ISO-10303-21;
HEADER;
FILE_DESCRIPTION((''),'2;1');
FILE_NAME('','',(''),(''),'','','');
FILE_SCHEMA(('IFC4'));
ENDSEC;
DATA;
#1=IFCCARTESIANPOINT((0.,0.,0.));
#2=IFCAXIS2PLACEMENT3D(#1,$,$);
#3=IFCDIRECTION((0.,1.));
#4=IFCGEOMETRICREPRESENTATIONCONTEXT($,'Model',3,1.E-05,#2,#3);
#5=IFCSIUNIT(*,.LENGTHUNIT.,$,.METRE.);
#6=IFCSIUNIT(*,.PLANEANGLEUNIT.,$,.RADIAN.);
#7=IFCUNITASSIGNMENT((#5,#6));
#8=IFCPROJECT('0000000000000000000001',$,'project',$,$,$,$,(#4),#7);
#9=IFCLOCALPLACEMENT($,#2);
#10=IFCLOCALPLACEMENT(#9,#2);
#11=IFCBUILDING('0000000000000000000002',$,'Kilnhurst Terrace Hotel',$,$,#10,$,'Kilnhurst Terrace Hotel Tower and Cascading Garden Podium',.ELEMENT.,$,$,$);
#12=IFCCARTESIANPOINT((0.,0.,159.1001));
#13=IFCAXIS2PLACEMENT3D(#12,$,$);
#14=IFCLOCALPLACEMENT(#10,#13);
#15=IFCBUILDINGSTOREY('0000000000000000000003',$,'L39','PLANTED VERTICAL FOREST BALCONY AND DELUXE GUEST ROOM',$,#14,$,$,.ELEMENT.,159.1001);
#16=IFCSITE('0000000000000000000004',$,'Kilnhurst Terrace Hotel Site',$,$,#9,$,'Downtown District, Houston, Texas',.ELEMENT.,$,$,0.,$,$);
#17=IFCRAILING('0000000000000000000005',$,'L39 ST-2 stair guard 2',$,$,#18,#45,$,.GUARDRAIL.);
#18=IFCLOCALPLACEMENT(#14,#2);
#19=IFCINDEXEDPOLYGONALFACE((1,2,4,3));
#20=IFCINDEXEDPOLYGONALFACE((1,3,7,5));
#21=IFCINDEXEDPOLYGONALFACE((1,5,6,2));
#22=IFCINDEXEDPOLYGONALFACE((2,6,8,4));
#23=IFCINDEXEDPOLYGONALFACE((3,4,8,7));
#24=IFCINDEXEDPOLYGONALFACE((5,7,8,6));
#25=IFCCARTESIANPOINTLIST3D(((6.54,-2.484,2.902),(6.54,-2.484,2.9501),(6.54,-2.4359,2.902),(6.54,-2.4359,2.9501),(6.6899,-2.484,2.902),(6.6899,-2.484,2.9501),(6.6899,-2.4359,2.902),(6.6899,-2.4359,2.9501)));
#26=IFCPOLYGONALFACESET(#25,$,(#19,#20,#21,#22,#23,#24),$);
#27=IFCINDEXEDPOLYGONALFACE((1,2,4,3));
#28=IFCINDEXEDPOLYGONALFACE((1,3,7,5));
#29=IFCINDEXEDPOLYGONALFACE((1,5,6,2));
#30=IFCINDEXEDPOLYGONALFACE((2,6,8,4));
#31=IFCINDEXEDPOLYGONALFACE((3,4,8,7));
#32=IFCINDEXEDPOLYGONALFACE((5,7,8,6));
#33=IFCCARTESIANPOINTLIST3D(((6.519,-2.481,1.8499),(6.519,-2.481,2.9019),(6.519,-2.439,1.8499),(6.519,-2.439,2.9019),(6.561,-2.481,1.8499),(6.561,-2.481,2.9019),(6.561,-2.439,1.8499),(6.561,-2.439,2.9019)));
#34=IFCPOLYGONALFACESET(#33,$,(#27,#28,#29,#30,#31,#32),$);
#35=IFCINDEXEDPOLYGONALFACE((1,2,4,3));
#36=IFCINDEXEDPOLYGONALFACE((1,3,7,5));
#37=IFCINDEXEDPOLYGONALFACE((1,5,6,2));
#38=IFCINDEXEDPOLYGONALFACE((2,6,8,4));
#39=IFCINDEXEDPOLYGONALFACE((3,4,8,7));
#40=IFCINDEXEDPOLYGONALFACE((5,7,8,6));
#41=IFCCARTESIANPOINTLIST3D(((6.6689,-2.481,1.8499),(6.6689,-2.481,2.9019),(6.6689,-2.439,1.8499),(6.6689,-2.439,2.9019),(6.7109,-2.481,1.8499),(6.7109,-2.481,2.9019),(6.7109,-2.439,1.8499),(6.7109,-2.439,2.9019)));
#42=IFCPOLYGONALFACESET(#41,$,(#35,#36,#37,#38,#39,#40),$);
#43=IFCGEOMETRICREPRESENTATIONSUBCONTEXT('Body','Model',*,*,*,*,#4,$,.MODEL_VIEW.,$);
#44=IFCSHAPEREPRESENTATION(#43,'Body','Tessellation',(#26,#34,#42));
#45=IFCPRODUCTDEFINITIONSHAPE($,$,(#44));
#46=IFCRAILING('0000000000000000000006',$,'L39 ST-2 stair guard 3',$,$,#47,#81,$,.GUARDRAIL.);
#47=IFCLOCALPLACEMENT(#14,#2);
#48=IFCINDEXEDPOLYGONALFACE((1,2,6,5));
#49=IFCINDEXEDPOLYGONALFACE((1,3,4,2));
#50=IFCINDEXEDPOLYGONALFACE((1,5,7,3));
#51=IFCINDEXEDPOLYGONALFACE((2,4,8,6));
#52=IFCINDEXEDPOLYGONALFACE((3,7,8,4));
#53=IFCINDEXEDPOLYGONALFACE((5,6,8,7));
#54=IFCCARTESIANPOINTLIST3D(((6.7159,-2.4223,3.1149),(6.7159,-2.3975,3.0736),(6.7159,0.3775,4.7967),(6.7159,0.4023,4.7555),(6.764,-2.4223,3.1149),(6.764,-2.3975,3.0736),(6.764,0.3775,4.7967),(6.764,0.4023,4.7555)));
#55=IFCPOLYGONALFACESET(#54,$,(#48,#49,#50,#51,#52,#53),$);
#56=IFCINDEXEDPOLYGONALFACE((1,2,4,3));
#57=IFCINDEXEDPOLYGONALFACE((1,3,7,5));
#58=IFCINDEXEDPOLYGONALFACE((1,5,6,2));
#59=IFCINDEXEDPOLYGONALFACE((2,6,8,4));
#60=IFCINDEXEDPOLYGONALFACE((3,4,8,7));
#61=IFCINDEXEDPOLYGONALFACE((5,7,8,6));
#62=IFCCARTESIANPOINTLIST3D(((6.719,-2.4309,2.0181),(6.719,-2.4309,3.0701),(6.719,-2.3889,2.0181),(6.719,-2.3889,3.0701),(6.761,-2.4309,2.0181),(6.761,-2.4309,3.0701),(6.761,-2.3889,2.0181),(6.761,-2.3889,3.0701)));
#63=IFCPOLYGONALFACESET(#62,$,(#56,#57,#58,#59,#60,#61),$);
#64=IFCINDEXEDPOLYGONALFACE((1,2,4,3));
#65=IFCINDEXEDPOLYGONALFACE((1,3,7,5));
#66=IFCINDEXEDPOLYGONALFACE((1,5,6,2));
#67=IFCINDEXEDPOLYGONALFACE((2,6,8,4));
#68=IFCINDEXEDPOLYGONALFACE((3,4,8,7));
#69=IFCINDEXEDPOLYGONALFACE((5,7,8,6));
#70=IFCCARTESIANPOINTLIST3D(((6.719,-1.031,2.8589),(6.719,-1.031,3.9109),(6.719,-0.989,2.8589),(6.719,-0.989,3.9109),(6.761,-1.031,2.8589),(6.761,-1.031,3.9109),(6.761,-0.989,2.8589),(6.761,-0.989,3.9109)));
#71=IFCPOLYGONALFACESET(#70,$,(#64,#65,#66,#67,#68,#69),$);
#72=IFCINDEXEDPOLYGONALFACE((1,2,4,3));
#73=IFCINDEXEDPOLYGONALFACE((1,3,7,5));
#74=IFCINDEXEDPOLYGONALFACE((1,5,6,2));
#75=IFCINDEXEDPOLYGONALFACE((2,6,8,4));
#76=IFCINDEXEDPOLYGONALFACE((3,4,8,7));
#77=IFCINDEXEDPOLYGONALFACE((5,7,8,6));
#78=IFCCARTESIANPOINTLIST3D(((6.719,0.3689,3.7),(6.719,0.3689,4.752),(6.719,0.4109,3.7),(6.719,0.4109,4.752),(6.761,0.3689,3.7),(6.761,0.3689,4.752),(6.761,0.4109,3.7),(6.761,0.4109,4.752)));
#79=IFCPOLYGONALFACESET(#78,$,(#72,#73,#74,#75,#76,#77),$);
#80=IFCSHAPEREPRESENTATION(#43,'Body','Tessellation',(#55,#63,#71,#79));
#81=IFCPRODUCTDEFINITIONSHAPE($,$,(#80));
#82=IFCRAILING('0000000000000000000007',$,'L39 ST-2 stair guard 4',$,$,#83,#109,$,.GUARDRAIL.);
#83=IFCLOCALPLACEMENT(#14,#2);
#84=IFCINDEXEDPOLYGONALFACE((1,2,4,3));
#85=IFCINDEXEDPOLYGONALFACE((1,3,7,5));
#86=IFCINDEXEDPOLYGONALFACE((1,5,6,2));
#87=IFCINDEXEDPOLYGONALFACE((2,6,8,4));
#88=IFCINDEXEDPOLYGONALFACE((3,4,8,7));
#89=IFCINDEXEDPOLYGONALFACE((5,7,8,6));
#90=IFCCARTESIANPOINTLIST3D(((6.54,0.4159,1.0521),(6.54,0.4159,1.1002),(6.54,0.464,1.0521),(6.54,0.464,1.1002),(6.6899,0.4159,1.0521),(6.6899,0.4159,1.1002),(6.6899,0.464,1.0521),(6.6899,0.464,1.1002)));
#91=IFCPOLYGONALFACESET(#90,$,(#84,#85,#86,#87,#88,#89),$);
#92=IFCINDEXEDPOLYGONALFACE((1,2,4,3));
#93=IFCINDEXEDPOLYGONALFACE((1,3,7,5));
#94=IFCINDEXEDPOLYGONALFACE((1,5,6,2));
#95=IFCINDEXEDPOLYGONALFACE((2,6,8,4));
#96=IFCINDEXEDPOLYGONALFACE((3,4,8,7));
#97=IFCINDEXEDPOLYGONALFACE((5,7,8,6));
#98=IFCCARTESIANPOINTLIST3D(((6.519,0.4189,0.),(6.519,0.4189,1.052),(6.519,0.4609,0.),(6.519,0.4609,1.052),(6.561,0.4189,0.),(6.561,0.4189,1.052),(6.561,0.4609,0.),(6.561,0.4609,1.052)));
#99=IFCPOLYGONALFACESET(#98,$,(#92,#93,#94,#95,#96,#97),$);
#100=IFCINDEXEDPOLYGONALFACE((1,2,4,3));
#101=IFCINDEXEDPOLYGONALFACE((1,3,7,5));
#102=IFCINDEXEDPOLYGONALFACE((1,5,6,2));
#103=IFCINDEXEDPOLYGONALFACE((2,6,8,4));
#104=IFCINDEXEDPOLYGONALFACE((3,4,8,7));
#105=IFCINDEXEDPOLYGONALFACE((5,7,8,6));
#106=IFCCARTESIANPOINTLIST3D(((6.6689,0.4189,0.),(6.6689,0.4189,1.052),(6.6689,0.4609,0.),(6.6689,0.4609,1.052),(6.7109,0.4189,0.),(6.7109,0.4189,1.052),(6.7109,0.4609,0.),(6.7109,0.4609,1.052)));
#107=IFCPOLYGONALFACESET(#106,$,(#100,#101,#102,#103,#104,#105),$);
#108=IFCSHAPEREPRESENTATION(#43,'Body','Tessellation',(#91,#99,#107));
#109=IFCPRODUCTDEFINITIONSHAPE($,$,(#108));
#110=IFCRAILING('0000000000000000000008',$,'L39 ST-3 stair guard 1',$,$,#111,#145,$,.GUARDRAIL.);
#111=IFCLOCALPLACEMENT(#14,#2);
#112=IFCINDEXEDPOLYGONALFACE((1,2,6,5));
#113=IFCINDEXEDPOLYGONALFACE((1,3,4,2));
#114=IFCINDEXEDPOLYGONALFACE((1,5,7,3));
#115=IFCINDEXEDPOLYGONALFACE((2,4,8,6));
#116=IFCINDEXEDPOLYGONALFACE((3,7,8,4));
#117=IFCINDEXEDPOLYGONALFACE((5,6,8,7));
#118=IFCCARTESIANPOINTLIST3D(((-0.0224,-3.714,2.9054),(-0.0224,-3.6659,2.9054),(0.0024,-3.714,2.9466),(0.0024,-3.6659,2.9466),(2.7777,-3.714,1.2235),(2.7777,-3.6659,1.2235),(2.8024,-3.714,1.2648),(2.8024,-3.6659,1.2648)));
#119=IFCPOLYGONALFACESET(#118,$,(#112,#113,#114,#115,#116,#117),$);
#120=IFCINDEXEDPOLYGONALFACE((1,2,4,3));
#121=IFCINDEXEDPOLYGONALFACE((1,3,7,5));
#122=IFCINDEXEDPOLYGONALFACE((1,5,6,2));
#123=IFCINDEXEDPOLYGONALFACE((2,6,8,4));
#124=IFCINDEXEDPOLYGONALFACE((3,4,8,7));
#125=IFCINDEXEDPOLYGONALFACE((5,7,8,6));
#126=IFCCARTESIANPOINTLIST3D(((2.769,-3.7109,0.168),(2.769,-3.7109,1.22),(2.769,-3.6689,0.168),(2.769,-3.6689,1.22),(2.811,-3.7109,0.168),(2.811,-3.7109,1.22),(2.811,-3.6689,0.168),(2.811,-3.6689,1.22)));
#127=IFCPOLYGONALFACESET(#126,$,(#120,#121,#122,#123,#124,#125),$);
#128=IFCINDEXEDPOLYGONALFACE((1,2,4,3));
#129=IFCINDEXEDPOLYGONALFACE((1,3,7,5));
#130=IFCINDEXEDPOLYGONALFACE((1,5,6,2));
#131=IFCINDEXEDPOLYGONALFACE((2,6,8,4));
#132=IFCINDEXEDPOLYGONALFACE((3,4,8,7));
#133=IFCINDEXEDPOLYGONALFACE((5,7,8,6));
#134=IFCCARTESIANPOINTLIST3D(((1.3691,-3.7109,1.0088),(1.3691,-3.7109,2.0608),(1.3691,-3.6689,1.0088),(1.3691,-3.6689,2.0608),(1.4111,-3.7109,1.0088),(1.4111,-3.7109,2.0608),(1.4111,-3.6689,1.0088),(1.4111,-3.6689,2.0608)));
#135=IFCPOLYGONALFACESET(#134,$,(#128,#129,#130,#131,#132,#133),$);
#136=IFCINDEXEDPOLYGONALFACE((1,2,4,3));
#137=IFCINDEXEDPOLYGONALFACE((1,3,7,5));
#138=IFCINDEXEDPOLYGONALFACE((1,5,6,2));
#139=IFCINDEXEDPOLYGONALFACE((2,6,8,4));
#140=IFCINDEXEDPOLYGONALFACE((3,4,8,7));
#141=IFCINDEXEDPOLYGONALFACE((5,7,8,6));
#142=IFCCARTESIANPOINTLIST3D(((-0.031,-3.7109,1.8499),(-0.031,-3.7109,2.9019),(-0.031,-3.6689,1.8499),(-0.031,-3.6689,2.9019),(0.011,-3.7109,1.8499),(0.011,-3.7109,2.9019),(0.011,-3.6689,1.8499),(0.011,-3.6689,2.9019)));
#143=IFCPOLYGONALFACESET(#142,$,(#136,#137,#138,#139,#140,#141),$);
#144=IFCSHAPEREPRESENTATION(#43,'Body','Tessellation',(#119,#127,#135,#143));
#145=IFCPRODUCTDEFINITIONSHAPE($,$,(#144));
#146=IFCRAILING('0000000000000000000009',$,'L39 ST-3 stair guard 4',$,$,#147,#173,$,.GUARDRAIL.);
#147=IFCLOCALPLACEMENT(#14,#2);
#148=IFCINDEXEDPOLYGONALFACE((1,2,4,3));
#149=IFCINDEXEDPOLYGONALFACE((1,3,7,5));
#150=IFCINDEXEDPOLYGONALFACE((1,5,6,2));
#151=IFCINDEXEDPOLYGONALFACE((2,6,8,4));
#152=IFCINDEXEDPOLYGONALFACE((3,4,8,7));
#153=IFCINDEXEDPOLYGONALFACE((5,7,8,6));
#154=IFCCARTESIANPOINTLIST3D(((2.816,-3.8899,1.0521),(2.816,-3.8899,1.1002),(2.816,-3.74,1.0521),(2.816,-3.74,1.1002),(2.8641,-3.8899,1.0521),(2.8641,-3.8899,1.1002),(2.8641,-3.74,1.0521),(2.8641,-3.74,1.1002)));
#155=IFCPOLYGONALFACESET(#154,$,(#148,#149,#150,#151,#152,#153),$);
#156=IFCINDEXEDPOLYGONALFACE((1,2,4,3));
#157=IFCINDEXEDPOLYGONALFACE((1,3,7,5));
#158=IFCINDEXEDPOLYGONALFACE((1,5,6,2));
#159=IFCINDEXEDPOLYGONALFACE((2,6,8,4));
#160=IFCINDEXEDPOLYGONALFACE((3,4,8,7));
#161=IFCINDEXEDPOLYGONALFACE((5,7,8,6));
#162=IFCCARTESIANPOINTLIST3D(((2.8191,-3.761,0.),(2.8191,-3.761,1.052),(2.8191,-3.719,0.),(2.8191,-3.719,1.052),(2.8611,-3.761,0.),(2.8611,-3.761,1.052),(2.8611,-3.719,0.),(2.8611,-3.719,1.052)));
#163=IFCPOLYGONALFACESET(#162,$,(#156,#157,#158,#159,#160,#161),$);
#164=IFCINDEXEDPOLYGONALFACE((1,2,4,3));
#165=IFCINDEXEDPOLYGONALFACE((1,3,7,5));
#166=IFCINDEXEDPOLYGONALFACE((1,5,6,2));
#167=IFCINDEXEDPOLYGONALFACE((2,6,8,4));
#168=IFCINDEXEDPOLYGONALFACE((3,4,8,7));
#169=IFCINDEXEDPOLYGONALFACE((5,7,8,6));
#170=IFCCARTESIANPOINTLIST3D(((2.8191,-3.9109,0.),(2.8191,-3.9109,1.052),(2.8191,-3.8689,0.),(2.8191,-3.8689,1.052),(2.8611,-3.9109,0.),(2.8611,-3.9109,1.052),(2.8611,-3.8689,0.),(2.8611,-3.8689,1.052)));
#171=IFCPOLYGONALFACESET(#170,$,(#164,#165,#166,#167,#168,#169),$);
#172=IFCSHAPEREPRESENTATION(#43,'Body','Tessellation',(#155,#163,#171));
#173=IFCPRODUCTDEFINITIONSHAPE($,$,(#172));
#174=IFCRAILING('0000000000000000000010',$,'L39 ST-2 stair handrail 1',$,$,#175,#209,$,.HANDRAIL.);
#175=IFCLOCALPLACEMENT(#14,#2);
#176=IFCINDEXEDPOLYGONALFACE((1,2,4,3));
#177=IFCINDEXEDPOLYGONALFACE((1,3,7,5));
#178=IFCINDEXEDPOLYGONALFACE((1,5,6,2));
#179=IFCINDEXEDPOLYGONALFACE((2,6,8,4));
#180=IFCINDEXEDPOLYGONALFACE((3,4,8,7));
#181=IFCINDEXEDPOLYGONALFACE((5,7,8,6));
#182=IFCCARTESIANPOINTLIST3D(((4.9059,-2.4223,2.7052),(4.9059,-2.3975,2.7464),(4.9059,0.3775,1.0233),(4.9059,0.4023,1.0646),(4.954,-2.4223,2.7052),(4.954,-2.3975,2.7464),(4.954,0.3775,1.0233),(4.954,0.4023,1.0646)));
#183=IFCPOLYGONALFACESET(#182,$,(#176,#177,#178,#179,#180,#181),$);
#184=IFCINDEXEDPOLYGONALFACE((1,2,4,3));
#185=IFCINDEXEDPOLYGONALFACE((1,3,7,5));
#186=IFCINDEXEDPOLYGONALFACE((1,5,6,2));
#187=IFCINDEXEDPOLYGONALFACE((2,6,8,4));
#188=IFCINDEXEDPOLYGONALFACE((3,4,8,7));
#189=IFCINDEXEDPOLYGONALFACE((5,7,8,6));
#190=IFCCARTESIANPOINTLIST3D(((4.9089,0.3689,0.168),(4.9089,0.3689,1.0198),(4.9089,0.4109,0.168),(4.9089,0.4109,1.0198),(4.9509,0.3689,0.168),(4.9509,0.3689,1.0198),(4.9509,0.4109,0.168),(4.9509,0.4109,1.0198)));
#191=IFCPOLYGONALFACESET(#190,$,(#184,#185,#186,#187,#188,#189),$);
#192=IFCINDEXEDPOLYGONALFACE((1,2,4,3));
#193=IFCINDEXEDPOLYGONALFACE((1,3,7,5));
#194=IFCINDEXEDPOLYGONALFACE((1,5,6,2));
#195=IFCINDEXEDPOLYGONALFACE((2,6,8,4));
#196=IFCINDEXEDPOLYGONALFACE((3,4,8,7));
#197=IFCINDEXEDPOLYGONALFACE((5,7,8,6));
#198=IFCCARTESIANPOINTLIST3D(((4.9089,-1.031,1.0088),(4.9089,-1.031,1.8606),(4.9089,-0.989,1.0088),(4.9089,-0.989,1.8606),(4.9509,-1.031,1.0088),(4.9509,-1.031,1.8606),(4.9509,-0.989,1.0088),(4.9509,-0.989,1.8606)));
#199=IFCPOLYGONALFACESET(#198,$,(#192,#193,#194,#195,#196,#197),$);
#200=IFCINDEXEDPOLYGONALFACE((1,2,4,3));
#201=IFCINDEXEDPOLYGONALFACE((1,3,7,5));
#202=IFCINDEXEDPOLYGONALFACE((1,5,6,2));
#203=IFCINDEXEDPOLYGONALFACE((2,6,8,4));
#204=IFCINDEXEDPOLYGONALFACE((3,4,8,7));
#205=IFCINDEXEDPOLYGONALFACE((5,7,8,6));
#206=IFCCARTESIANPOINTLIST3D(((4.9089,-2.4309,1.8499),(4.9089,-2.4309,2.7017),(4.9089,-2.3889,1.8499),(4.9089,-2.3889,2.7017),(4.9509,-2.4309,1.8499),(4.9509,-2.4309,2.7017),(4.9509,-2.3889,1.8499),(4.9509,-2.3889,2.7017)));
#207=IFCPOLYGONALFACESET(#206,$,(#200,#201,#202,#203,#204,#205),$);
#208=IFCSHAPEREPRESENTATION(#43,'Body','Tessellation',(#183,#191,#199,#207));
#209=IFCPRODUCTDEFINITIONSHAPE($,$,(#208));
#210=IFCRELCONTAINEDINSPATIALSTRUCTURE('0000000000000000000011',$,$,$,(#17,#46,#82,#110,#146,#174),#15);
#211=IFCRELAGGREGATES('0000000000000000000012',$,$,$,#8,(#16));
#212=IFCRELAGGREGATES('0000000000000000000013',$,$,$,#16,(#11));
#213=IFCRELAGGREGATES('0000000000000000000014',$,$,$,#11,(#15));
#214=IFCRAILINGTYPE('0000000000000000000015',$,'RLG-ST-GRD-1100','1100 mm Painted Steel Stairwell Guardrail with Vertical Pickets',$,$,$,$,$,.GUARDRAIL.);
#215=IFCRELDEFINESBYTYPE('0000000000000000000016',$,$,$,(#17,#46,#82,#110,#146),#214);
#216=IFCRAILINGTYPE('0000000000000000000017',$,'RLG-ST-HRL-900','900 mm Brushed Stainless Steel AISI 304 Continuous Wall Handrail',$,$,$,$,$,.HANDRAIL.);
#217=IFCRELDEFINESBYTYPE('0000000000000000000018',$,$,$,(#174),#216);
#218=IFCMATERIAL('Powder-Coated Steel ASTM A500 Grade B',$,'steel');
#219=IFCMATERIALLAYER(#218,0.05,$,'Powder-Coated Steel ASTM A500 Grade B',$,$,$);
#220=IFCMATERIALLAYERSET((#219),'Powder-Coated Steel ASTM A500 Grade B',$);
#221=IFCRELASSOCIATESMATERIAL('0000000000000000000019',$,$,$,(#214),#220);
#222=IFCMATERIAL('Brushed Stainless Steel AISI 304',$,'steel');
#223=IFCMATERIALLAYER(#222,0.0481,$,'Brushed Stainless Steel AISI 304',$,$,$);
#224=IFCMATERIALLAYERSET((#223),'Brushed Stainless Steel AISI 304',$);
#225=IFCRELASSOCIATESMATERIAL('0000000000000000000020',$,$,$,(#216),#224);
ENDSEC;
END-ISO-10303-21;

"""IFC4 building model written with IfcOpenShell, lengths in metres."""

from ifc_helpers import new_model, si_unit, direction, frame, origin, origin_2d, place, context, subcontext, project, spatial, rectangle, extrude, material, layer, layer_set, type_object, element, save


model = new_model("IFC4")

# Units and contexts
model_context = context("Model", 3, precision=1e-05, world=origin(), true_north=direction((0.0, 1.0)))
body_context = subcontext(model_context, "Body", "Model", "MODEL_VIEW")
ifc_project = project(units=[si_unit("LENGTHUNIT", "METRE"), si_unit("PLANEANGLEUNIT", "RADIAN")], contexts=[model_context])

# Site, building, storey
site_placement = place(None, origin())
site = spatial("IfcSite", under=ifc_project, at=site_placement, Name="Kilnhurst Terrace Hotel Site", LongName="Downtown District, Houston, Texas", CompositionType="ELEMENT", RefElevation=0.0)
building_placement = place(site_placement, origin())
building = spatial("IfcBuilding", under=site, at=building_placement, Name="Kilnhurst Terrace Hotel", LongName="Kilnhurst Terrace Hotel Tower and Cascading Garden Podium", CompositionType="ELEMENT")
storey_placement = place(building_placement, frame((0.0, 0.0, 159.1001)))
storey = spatial("IfcBuildingStorey", under=building, at=storey_placement, Name="L39", Description="PLANTED VERTICAL FOREST BALCONY AND DELUXE GUEST ROOM", CompositionType="ELEMENT", Elevation=159.1001)

# Railings
ifc_material_1 = material(Name="Powder-Coated Steel ASTM A500 Grade B", Category="steel")
ifc_layer_1 = layer(ifc_material_1, 0.05, Name="Powder-Coated Steel ASTM A500 Grade B")
ifc_layer_set_1 = layer_set([ifc_layer_1], Name="Powder-Coated Steel ASTM A500 Grade B")
railing_type_1 = type_object("IfcRailingType", Name="RLG-ST-GRD-1100", Description="1100 mm Painted Steel Stairwell Guardrail with Vertical Pickets", PredefinedType="GUARDRAIL", material=ifc_layer_set_1)
railing_1_placement = place(storey_placement, frame((6.54, -2.46, 1.8499)))
element("IfcRailing", 1, at=railing_1_placement, inside=storey, type_object=railing_type_1, Name="L39 ST-2 stair guard 2", PredefinedType="GUARDRAIL", context=body_context, shape_type="SweptSolid", body=[
    extrude(rectangle(XDim=0.0481, YDim=0.0481, at=origin_2d()), frame((0.0, 0.0, 1.0762), z_axis=(1.0, 0.0, 0.0), x_axis=(0.0, 1.0, 0.0)), (0.0, 0.0, 1.0), 0.1499),
    extrude(rectangle(XDim=0.042, YDim=0.042, at=origin_2d()), origin(), (0.0, 0.0, 1.0), 1.052),
    extrude(rectangle(XDim=0.042, YDim=0.042, at=origin_2d()), frame((0.1499, 0.0, 0.0)), (0.0, 0.0, 1.0), 1.052),
])
railing_2_placement = place(storey_placement, frame((6.74, -2.4099, 2.0181)))
element("IfcRailing", 2, at=railing_2_placement, inside=storey, type_object=railing_type_1, Name="L39 ST-2 stair guard 3", PredefinedType="GUARDRAIL", context=body_context, shape_type="SweptSolid", body=[
    extrude(rectangle(XDim=0.0481, YDim=0.0481, at=origin_2d()), frame((0.0, 0.0, 1.0762), z_axis=(0.0, 0.857222, 0.514946), x_axis=(-1.0, 0.0, 0.0)), (0.0, 0.0, 1.0), 3.2661),
    extrude(rectangle(XDim=0.042, YDim=0.042, at=origin_2d()), origin(), (0.0, 0.0, 1.0), 1.052),
    extrude(rectangle(XDim=0.042, YDim=0.042, at=origin_2d()), frame((0.0, 1.3999, 0.8408)), (0.0, 0.0, 1.0), 1.052),
    extrude(rectangle(XDim=0.042, YDim=0.042, at=origin_2d()), frame((0.0, 2.7998, 1.6819)), (0.0, 0.0, 1.0), 1.052),
])
railing_3_placement = place(storey_placement, frame((6.54, 0.4399, 0.0)))
element("IfcRailing", 3, at=railing_3_placement, inside=storey, type_object=railing_type_1, Name="L39 ST-2 stair guard 4", PredefinedType="GUARDRAIL", context=body_context, shape_type="SweptSolid", body=[
    extrude(rectangle(XDim=0.0481, YDim=0.0481, at=origin_2d()), frame((0.0, 0.0, 1.0762), z_axis=(1.0, 0.0, 0.0), x_axis=(0.0, 1.0, 0.0)), (0.0, 0.0, 1.0), 0.1499),
    extrude(rectangle(XDim=0.042, YDim=0.042, at=origin_2d()), origin(), (0.0, 0.0, 1.0), 1.052),
    extrude(rectangle(XDim=0.042, YDim=0.042, at=origin_2d()), frame((0.1499, 0.0, 0.0)), (0.0, 0.0, 1.0), 1.052),
])
railing_4_placement = place(storey_placement, frame((2.79, -3.6899, 0.168)))
element("IfcRailing", 4, at=railing_4_placement, inside=storey, type_object=railing_type_1, Name="L39 ST-3 stair guard 1", PredefinedType="GUARDRAIL", context=body_context, shape_type="SweptSolid", body=[
    extrude(rectangle(XDim=0.0481, YDim=0.0481, at=origin_2d()), frame((0.0, 0.0, 1.0762), z_axis=(-0.857242, 0.0, 0.514913), x_axis=(0.0, -1.0, 0.0)), (0.0, 0.0, 1.0), 3.2664),
    extrude(rectangle(XDim=0.042, YDim=0.042, at=origin_2d()), origin(), (0.0, 0.0, 1.0), 1.052),
    extrude(rectangle(XDim=0.042, YDim=0.042, at=origin_2d()), frame((-1.3999, 0.0, 0.8408)), (0.0, 0.0, 1.0), 1.052),
    extrude(rectangle(XDim=0.042, YDim=0.042, at=origin_2d()), frame((-2.8, 0.0, 1.6819)), (0.0, 0.0, 1.0), 1.052),
])
railing_5_placement = place(storey_placement, frame((2.8401, -3.74, 0.0)))
element("IfcRailing", 5, at=railing_5_placement, inside=storey, type_object=railing_type_1, Name="L39 ST-3 stair guard 4", PredefinedType="GUARDRAIL", context=body_context, shape_type="SweptSolid", body=[
    extrude(rectangle(XDim=0.0481, YDim=0.0481, at=origin_2d()), frame((0.0, 0.0, 1.0762), z_axis=(0.0, -1.0, 0.0), x_axis=(1.0, 0.0, 0.0)), (0.0, 0.0, 1.0), 0.1499),
    extrude(rectangle(XDim=0.042, YDim=0.042, at=origin_2d()), origin(), (0.0, 0.0, 1.0), 1.052),
    extrude(rectangle(XDim=0.042, YDim=0.042, at=origin_2d()), frame((0.0, -0.1499, 0.0)), (0.0, 0.0, 1.0), 1.052),
])
ifc_material_2 = material(Name="Brushed Stainless Steel AISI 304", Category="steel")
ifc_layer_2 = layer(ifc_material_2, 0.0481, Name="Brushed Stainless Steel AISI 304")
ifc_layer_set_2 = layer_set([ifc_layer_2], Name="Brushed Stainless Steel AISI 304")
railing_type_2 = type_object("IfcRailingType", Name="RLG-ST-HRL-900", Description="900 mm Brushed Stainless Steel AISI 304 Continuous Wall Handrail", PredefinedType="HANDRAIL", material=ifc_layer_set_2)
railing_6_placement = place(storey_placement, frame((4.9299, 0.3899, 0.168)))
element("IfcRailing", 6, at=railing_6_placement, inside=storey, type_object=railing_type_2, Name="L39 ST-2 stair handrail 1", PredefinedType="HANDRAIL", context=body_context, shape_type="SweptSolid", body=[
    extrude(rectangle(XDim=0.0481, YDim=0.0481, at=origin_2d()), frame((0.0, 0.0, 0.876), z_axis=(0.0, -0.857222, 0.514946), x_axis=(1.0, 0.0, 0.0)), (0.0, 0.0, 1.0), 3.2661),
    extrude(rectangle(XDim=0.042, YDim=0.042, at=origin_2d()), origin(), (0.0, 0.0, 1.0), 0.8518),
    extrude(rectangle(XDim=0.042, YDim=0.042, at=origin_2d()), frame((0.0, -1.3999, 0.8408)), (0.0, 0.0, 1.0), 0.8518),
    extrude(rectangle(XDim=0.042, YDim=0.042, at=origin_2d()), frame((0.0, -2.7998, 1.6819)), (0.0, 0.0, 1.0), 0.8518),
])

save(model, "model.ifc")
